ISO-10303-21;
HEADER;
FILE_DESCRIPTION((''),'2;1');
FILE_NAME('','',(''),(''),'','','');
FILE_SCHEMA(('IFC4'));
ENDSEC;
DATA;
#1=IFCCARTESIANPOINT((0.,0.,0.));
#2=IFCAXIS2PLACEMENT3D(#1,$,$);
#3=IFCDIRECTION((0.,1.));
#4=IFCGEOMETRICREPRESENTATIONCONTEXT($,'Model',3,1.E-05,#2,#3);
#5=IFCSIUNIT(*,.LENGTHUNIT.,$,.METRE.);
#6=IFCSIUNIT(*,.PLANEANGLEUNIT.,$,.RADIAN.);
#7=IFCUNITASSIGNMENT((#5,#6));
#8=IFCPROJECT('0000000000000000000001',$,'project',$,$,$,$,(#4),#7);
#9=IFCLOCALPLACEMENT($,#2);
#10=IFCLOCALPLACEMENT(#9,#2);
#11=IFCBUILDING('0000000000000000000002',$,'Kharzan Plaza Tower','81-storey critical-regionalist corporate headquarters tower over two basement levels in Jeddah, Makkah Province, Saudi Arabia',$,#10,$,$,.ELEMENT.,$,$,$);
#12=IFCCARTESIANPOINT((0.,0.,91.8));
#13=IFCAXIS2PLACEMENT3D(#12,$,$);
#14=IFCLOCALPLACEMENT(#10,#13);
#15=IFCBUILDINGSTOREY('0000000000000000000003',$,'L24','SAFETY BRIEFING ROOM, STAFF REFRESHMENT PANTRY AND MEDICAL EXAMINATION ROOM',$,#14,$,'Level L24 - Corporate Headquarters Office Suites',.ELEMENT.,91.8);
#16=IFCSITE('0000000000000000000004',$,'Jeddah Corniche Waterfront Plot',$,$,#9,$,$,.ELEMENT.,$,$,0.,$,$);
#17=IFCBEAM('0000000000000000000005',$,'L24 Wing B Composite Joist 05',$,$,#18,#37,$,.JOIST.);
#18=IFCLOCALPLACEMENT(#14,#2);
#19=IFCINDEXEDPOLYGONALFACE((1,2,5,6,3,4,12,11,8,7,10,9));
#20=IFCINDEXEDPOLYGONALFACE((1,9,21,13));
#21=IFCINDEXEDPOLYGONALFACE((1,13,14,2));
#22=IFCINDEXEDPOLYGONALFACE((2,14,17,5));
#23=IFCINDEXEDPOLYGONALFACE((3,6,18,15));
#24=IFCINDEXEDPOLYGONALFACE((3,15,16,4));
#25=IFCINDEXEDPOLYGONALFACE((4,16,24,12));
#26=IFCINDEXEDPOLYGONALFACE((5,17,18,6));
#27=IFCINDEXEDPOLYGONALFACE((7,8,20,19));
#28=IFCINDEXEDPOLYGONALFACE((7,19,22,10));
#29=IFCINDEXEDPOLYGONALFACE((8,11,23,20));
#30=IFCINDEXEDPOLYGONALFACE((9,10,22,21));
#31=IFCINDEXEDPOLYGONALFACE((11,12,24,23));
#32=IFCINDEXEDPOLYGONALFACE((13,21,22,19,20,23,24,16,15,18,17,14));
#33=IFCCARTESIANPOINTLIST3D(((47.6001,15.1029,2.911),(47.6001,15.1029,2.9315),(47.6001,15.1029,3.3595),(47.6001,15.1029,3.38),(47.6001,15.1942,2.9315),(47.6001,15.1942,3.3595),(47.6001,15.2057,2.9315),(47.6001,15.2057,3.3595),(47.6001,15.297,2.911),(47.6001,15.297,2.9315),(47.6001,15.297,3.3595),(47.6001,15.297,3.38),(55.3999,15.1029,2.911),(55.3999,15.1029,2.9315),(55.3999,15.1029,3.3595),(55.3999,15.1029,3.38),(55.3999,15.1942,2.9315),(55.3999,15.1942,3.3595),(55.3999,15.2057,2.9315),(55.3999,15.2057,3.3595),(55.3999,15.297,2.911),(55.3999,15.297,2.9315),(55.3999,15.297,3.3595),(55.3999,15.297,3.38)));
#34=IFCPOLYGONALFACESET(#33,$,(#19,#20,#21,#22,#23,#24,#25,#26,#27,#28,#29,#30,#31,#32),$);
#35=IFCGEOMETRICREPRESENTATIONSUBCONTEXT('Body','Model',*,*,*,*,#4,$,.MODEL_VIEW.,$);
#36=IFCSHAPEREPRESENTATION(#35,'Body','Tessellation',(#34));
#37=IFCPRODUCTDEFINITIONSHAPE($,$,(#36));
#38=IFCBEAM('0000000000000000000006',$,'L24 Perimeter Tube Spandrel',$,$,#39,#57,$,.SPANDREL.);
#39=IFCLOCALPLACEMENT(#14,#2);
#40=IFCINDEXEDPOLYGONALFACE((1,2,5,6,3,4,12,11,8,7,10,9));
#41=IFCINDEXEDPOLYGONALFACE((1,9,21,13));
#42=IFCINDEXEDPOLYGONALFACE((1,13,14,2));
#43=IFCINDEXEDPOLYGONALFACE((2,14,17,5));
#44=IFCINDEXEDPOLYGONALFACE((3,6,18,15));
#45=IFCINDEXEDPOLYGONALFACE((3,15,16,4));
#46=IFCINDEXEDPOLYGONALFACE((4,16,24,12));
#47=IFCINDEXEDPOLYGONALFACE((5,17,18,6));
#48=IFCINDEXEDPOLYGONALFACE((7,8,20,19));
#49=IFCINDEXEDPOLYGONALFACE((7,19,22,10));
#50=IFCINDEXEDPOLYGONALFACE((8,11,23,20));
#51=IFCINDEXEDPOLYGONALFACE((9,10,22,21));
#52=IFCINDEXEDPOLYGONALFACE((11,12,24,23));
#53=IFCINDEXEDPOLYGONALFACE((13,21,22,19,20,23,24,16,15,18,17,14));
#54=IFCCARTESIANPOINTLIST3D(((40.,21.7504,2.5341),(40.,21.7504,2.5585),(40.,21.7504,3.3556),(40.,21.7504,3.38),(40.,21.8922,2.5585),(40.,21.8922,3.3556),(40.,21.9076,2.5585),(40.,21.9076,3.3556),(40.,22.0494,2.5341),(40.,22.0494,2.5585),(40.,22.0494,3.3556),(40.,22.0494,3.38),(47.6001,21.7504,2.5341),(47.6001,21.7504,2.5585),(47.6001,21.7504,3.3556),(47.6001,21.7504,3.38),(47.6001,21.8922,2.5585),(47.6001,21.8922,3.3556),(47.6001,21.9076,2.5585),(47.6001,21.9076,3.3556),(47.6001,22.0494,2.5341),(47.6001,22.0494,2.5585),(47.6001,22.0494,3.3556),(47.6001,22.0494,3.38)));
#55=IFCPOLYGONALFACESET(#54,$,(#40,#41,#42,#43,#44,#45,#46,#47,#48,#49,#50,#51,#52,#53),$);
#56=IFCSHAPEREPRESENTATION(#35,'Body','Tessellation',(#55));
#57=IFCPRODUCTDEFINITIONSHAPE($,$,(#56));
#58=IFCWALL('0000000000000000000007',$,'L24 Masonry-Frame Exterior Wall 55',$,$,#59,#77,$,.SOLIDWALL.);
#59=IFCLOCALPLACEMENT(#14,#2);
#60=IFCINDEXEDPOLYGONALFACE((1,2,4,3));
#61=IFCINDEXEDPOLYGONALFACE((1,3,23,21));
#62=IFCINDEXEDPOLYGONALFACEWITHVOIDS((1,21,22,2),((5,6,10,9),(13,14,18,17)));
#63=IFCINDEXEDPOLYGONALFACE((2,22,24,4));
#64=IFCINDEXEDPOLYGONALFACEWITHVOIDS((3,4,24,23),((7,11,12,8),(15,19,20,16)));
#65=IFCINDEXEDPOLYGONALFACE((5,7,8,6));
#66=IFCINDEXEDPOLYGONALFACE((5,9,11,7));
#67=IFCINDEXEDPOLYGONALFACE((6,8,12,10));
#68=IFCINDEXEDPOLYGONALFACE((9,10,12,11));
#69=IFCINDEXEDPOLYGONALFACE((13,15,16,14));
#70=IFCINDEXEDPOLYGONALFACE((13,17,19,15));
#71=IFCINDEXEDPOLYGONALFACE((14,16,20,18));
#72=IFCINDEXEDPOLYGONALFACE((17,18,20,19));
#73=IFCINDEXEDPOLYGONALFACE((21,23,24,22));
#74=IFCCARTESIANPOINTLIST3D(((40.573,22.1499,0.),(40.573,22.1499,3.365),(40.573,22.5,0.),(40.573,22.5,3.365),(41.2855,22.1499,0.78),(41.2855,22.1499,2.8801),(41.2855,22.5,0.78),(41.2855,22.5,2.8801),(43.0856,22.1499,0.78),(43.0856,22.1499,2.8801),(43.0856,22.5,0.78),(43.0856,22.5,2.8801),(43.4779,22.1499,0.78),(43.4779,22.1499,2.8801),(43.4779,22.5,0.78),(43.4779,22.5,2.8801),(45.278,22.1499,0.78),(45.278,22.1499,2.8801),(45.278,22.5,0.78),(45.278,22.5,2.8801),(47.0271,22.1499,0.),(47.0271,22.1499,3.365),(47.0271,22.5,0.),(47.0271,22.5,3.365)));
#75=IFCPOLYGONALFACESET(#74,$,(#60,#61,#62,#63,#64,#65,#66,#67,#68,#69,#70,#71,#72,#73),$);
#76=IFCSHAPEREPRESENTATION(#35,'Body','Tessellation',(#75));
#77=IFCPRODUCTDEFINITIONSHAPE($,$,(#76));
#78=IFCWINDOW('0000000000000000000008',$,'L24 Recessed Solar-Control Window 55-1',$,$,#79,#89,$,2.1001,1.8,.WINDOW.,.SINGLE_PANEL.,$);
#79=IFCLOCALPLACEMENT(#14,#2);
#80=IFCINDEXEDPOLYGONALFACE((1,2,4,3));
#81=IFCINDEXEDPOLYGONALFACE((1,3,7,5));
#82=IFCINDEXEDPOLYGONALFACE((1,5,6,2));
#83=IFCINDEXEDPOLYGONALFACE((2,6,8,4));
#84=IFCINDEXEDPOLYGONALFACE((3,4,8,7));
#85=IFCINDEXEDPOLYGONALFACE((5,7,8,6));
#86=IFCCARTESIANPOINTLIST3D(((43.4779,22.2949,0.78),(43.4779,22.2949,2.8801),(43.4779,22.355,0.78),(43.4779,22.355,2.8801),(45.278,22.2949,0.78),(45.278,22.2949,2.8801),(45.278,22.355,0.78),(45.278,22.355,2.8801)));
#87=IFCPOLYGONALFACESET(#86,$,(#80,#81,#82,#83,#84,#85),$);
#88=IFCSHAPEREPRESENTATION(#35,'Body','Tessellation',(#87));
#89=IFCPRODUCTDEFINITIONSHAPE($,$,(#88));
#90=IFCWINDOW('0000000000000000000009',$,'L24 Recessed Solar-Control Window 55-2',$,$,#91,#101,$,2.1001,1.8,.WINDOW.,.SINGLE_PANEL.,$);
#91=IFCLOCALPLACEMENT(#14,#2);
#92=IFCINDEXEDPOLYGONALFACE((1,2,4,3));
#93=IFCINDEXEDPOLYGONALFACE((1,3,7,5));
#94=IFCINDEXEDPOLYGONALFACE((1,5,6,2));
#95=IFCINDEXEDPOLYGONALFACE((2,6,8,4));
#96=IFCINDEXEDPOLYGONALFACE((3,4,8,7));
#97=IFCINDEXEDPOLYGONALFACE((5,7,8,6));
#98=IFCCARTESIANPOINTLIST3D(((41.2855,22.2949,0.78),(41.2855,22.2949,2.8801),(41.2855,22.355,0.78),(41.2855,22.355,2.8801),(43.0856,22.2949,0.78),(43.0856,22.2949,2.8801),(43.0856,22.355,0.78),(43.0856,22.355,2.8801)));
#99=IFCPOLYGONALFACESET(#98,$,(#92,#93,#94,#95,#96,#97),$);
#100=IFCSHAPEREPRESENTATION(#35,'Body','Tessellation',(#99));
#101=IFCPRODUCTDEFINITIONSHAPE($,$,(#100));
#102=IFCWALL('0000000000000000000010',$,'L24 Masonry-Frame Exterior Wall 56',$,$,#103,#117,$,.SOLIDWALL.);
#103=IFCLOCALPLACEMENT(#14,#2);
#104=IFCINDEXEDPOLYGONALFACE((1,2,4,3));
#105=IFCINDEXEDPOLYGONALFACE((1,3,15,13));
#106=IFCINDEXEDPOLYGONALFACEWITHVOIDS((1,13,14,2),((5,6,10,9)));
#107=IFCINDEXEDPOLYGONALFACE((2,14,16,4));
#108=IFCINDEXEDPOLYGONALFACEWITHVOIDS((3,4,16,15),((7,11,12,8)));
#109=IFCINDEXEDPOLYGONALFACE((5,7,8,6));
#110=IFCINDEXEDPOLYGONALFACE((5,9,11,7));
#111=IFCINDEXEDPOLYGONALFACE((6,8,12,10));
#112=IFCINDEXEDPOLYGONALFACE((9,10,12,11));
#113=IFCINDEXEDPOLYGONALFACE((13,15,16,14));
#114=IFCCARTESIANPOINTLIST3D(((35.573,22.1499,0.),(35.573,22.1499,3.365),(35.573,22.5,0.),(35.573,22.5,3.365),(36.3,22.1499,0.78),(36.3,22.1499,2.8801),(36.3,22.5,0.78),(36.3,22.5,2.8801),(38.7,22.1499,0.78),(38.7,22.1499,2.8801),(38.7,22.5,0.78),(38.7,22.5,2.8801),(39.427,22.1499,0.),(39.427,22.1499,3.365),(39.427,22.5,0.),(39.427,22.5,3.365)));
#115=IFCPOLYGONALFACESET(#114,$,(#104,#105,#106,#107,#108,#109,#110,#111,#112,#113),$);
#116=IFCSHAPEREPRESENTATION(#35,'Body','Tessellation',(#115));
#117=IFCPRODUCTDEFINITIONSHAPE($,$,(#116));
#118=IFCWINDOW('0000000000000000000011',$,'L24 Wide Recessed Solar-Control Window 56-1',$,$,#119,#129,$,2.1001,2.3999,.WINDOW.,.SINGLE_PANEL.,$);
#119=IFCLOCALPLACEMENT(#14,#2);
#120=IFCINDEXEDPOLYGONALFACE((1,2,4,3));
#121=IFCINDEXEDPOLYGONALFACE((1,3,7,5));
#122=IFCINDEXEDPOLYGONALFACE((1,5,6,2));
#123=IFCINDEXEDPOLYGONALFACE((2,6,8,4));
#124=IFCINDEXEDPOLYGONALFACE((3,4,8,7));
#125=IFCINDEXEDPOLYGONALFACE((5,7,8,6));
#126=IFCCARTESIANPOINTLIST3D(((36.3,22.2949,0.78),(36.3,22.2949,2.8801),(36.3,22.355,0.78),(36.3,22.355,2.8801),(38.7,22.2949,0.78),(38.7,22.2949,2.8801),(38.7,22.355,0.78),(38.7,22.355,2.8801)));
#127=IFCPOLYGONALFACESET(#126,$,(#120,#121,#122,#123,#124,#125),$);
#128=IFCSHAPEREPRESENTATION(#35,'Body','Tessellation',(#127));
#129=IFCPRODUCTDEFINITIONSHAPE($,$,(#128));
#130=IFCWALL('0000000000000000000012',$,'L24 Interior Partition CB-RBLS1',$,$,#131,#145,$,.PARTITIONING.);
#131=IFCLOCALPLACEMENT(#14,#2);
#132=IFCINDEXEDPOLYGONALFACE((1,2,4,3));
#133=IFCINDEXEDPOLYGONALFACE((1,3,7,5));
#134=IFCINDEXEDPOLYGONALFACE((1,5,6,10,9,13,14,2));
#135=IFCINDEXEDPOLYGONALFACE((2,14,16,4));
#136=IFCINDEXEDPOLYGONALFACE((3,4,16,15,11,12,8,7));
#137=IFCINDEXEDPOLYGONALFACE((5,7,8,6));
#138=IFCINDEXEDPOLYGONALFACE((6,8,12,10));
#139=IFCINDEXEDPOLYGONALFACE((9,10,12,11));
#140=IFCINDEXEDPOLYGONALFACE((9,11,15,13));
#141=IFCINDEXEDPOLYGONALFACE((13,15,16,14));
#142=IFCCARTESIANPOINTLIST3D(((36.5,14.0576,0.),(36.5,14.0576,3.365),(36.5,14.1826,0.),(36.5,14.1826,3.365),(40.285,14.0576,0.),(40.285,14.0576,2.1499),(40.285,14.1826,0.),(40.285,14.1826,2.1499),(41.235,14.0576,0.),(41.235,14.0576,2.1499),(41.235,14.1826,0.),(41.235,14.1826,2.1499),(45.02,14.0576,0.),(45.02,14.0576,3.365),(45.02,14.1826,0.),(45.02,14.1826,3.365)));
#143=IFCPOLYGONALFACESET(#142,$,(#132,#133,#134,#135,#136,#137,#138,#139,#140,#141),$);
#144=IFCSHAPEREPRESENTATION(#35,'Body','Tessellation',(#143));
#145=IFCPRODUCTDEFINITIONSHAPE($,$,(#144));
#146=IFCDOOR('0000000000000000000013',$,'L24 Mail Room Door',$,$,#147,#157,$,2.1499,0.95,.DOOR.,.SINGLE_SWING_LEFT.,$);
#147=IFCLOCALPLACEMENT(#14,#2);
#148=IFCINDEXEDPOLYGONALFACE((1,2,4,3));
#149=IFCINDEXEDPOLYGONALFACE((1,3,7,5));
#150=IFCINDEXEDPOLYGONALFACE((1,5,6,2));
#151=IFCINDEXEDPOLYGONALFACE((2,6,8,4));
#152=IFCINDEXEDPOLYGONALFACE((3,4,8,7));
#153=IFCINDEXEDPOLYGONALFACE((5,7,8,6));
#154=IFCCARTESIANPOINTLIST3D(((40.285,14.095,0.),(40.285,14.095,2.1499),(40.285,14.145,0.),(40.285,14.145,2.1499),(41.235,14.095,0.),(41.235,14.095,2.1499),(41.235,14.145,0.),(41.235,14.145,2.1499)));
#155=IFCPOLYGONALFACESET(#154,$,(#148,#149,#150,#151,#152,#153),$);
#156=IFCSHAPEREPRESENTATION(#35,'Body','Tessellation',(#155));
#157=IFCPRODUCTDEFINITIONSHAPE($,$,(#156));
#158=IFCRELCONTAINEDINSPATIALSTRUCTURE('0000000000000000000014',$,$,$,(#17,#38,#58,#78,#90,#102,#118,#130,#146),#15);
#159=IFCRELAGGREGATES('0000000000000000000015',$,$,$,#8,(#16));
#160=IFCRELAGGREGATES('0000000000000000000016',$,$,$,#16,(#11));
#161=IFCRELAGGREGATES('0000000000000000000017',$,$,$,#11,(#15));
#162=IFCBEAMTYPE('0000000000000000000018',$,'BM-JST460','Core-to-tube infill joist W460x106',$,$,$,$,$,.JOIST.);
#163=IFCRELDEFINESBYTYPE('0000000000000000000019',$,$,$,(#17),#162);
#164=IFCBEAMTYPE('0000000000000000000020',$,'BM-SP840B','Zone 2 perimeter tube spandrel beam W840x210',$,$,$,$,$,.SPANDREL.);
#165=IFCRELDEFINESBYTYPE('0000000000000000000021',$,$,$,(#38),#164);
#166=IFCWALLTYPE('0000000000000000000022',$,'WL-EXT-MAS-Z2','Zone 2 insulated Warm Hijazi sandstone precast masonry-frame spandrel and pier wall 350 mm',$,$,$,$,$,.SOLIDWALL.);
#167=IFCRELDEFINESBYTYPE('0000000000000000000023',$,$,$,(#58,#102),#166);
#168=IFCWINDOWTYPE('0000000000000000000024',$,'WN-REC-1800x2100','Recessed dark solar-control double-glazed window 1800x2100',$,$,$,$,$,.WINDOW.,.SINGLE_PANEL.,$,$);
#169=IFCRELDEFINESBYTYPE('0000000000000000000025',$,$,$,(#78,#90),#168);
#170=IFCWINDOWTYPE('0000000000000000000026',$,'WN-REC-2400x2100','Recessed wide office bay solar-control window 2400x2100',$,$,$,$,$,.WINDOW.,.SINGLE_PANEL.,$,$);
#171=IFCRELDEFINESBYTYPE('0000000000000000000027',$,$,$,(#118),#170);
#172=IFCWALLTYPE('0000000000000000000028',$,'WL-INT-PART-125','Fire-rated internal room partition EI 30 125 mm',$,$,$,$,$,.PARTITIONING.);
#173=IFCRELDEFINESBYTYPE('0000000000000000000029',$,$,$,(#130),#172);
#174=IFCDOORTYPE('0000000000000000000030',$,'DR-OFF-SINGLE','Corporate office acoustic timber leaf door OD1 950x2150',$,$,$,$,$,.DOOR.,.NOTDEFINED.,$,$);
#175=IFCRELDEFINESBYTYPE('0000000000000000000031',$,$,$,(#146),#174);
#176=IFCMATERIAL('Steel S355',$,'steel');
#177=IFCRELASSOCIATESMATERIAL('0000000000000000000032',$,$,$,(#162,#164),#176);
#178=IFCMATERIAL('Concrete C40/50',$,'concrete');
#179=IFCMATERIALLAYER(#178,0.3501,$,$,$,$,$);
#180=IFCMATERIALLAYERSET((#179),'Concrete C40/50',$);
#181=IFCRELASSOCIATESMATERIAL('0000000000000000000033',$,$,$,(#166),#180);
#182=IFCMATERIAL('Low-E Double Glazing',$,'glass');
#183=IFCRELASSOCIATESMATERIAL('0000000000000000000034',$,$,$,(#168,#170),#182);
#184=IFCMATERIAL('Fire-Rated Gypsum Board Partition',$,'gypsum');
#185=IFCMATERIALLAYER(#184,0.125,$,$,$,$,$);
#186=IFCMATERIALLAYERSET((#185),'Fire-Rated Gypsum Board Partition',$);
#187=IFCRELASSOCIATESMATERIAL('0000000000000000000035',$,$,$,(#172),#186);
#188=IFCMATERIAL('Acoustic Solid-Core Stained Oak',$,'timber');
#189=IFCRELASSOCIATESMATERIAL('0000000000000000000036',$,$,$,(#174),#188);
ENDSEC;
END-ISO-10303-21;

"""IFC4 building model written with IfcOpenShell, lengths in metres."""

from ifc_helpers import new_model, si_unit, direction, frame, frame_2d, origin, origin_2d, place, context, subcontext, project, spatial, rectangle, i_section, extrude, source, transform, mapped, material, layer, layer_set, material_profile, profile_set, type_object, element, fill, save


model = new_model("IFC4")

# Units and contexts
model_context = context("Model", 3, precision=1e-05, world=origin(), true_north=direction((0.0, 1.0)))
body_context = subcontext(model_context, "Body", "Model", "MODEL_VIEW")
ifc_project = project(units=[si_unit("LENGTHUNIT", "METRE"), si_unit("PLANEANGLEUNIT", "RADIAN")], contexts=[model_context])

# Site, building, storey
site_placement = place(None, origin())
site = spatial("IfcSite", under=ifc_project, at=site_placement, Name="Jeddah Corniche Waterfront Plot", CompositionType="ELEMENT", RefElevation=0.0)
building_placement = place(site_placement, origin())
building = spatial("IfcBuilding", under=site, at=building_placement, Name="Kharzan Plaza Tower", Description="81-storey critical-regionalist corporate headquarters tower over two basement levels in Jeddah, Makkah Province, Saudi Arabia", CompositionType="ELEMENT")
storey_placement = place(building_placement, frame((0.0, 0.0, 91.8)))
storey = spatial("IfcBuildingStorey", under=building, at=storey_placement, Name="L24", Description="SAFETY BRIEFING ROOM, STAFF REFRESHMENT PANTRY AND MEDICAL EXAMINATION ROOM", LongName="Level L24 - Corporate Headquarters Office Suites", CompositionType="ELEMENT", Elevation=91.8)

# Beams
ifc_material_1 = material(Name="Steel S355", Category="steel")
ifc_material_profile_1 = material_profile(ifc_material_1, i_section(OverallWidth=0.1941, OverallDepth=0.469, WebThickness=0.0115, FlangeThickness=0.0205, at=origin_2d()), Name="W460x106")
ifc_profile_set_1 = profile_set([ifc_material_profile_1], Name="Steel S355")
beam_type_1 = type_object("IfcBeamType", Name="BM-JST460", Description="Core-to-tube infill joist W460x106", PredefinedType="JOIST", material=ifc_profile_set_1)
shared_shape_1 = source(origin(), body_context, "Body", "SweptSolid", [
    extrude(i_section(OverallWidth=0.1941, OverallDepth=0.469, WebThickness=0.0115, FlangeThickness=0.0205, at=origin_2d()), origin(), (0.0, 0.0, 1.0), 7.7998),
])
beam_1_placement = place(storey_placement, frame((47.6001, 15.2, 3.1455), z_axis=(1.0, 0.0, 0.0), x_axis=(0.0, 1.0, 0.0)))
element("IfcBeam", 1, at=beam_1_placement, inside=storey, type_object=beam_type_1, Name="L24 Wing B Composite Joist 05", PredefinedType="JOIST", context=body_context, shape_type="MappedRepresentation", body=[
    mapped(shared_shape_1, transform((0.0, 0.0, 0.0), x_axis=(1.0, 0.0, 0.0), y_axis=(0.0, 1.0, 0.0), z_axis=(0.0, 0.0, 1.0))),
])
ifc_material_profile_2 = material_profile(ifc_material_1, i_section(OverallWidth=0.2991, OverallDepth=0.8459, WebThickness=0.0154, FlangeThickness=0.0244, at=origin_2d()), Name="W840x210")
ifc_profile_set_2 = profile_set([ifc_material_profile_2], Name="Steel S355")
beam_type_2 = type_object("IfcBeamType", Name="BM-SP840B", Description="Zone 2 perimeter tube spandrel beam W840x210", PredefinedType="SPANDREL", material=ifc_profile_set_2)
shared_shape_2 = source(origin(), body_context, "Body", "SweptSolid", [
    extrude(i_section(OverallWidth=0.2991, OverallDepth=0.8459, WebThickness=0.0154, FlangeThickness=0.0244, at=origin_2d()), origin(), (0.0, 0.0, 1.0), 7.6001),
])
beam_2_placement = place(storey_placement, frame((40.0, 21.8999, 2.957), z_axis=(1.0, 0.0, 0.0), x_axis=(0.0, 1.0, 0.0)))
element("IfcBeam", 2, at=beam_2_placement, inside=storey, type_object=beam_type_2, Name="L24 Perimeter Tube Spandrel", PredefinedType="SPANDREL", context=body_context, shape_type="MappedRepresentation", body=[
    mapped(shared_shape_2, transform((0.0, 0.0, 0.0), x_axis=(1.0, 0.0, 0.0), y_axis=(0.0, 1.0, 0.0), z_axis=(0.0, 0.0, 1.0))),
])

# Wall, openings, windows
ifc_material_2 = material(Name="Concrete C40/50", Category="concrete")
ifc_layer_1 = layer(ifc_material_2, 0.3501)
ifc_layer_set_1 = layer_set([ifc_layer_1], Name="Concrete C40/50")
wall_type_1 = type_object("IfcWallType", Name="WL-EXT-MAS-Z2", Description="Zone 2 insulated Warm Hijazi sandstone precast masonry-frame spandrel and pier wall 350 mm", PredefinedType="SOLIDWALL", material=ifc_layer_set_1)
wall_1_placement = place(storey_placement, frame((47.0271, 22.325, 0.0), z_axis=(0.0, 0.0, 1.0), x_axis=(-1.0, 0.0, 0.0)))
wall_1 = element("IfcWall", 3, at=wall_1_placement, inside=storey, type_object=wall_type_1, Name="L24 Masonry-Frame Exterior Wall 55", PredefinedType="SOLIDWALL", context=body_context, shape_type="SweptSolid", body=[
    extrude(rectangle(XDim=6.4541, YDim=0.3501, at=frame_2d((3.2271, 0.0))), origin(), (0.0, 0.0, 1.0), 3.365),
])
opening_1_placement = place(wall_1_placement, frame((1.7493, 0.0, 0.78)))
opening_1 = element("IfcOpeningElement", 4, at=opening_1_placement, cuts=wall_1, PredefinedType="OPENING", context=body_context, shape_type="SweptSolid", body=[
    extrude(rectangle(XDim=1.8, YDim=2.1001, at=frame_2d((0.8999, 1.05))), frame((0.0, 0.1851, 0.0), z_axis=(0.0, -1.0, 0.0), x_axis=(1.0, 0.0, 0.0)), (0.0, 0.0, 1.0), 0.3701),
])
opening_2_placement = place(wall_1_placement, frame((3.9417, 0.0, 0.78)))
opening_2 = element("IfcOpeningElement", 5, at=opening_2_placement, cuts=wall_1, PredefinedType="OPENING", context=body_context, shape_type="SweptSolid", body=[
    extrude(rectangle(XDim=1.8, YDim=2.1001, at=frame_2d((0.8999, 1.05))), frame((0.0, 0.1851, 0.0), z_axis=(0.0, -1.0, 0.0), x_axis=(1.0, 0.0, 0.0)), (0.0, 0.0, 1.0), 0.3701),
])
ifc_material_3 = material(Name="Low-E Double Glazing", Category="glass")
window_type_1 = type_object("IfcWindowType", Name="WN-REC-1800x2100", Description="Recessed dark solar-control double-glazed window 1800x2100", PartitioningType="SINGLE_PANEL", PredefinedType="WINDOW", material=ifc_material_3)
shared_shape_3 = source(origin(), body_context, "Body", "SweptSolid", [
    extrude(rectangle(XDim=1.8, YDim=2.1001, at=frame_2d((0.8999, 1.05))), frame((0.0, 0.03, 0.0), z_axis=(0.0, -1.0, 0.0), x_axis=(1.0, 0.0, 0.0)), (0.0, 0.0, 1.0), 0.0601),
])
window_1_placement = place(opening_1_placement, origin())
window_1 = element("IfcWindow", 6, at=window_1_placement, inside=storey, type_object=window_type_1, Name="L24 Recessed Solar-Control Window 55-1", OverallHeight=2.1001, OverallWidth=1.8, PartitioningType="SINGLE_PANEL", PredefinedType="WINDOW", context=body_context, shape_type="MappedRepresentation", body=[
    mapped(shared_shape_3, transform((0.0, 0.0, 0.0), x_axis=(1.0, 0.0, 0.0), y_axis=(0.0, 1.0, 0.0), z_axis=(0.0, 0.0, 1.0))),
])
fill(opening_1, window_1)
window_2_placement = place(opening_2_placement, origin())
window_2 = element("IfcWindow", 7, at=window_2_placement, inside=storey, type_object=window_type_1, Name="L24 Recessed Solar-Control Window 55-2", OverallHeight=2.1001, OverallWidth=1.8, PartitioningType="SINGLE_PANEL", PredefinedType="WINDOW", context=body_context, shape_type="MappedRepresentation", body=[
    mapped(shared_shape_3, transform((0.0, 0.0, 0.0), x_axis=(1.0, 0.0, 0.0), y_axis=(0.0, 1.0, 0.0), z_axis=(0.0, 0.0, 1.0))),
])
fill(opening_2, window_2)

# Wall, opening, window
wall_2_placement = place(storey_placement, frame((39.427, 22.325, 0.0), z_axis=(0.0, 0.0, 1.0), x_axis=(-1.0, 0.0, 0.0)))
wall_2 = element("IfcWall", 8, at=wall_2_placement, inside=storey, type_object=wall_type_1, Name="L24 Masonry-Frame Exterior Wall 56", PredefinedType="SOLIDWALL", context=body_context, shape_type="SweptSolid", body=[
    extrude(rectangle(XDim=3.854, YDim=0.3501, at=frame_2d((1.927, 0.0))), origin(), (0.0, 0.0, 1.0), 3.365),
])
opening_3_placement = place(wall_2_placement, frame((0.7271, 0.0, 0.78)))
opening_3 = element("IfcOpeningElement", 9, at=opening_3_placement, cuts=wall_2, PredefinedType="OPENING", context=body_context, shape_type="SweptSolid", body=[
    extrude(rectangle(XDim=2.3999, YDim=2.1001, at=frame_2d((1.2, 1.05))), frame((0.0, 0.1851, 0.0), z_axis=(0.0, -1.0, 0.0), x_axis=(1.0, 0.0, 0.0)), (0.0, 0.0, 1.0), 0.3701),
])
window_type_2 = type_object("IfcWindowType", Name="WN-REC-2400x2100", Description="Recessed wide office bay solar-control window 2400x2100", PartitioningType="SINGLE_PANEL", PredefinedType="WINDOW", material=ifc_material_3)
shared_shape_4 = source(origin(), body_context, "Body", "SweptSolid", [
    extrude(rectangle(XDim=2.3999, YDim=2.1001, at=frame_2d((1.2, 1.05))), frame((0.0, 0.03, 0.0), z_axis=(0.0, -1.0, 0.0), x_axis=(1.0, 0.0, 0.0)), (0.0, 0.0, 1.0), 0.0601),
])
window_3_placement = place(opening_3_placement, origin())
window_3 = element("IfcWindow", 10, at=window_3_placement, inside=storey, type_object=window_type_2, Name="L24 Wide Recessed Solar-Control Window 56-1", OverallHeight=2.1001, OverallWidth=2.3999, PartitioningType="SINGLE_PANEL", PredefinedType="WINDOW", context=body_context, shape_type="MappedRepresentation", body=[
    mapped(shared_shape_4, transform((0.0, 0.0, 0.0), x_axis=(1.0, 0.0, 0.0), y_axis=(0.0, 1.0, 0.0), z_axis=(0.0, 0.0, 1.0))),
])
fill(opening_3, window_3)

# Wall, opening, door
ifc_material_4 = material(Name="Fire-Rated Gypsum Board Partition", Category="gypsum")
ifc_layer_2 = layer(ifc_material_4, 0.125)
ifc_layer_set_2 = layer_set([ifc_layer_2], Name="Fire-Rated Gypsum Board Partition")
wall_type_2 = type_object("IfcWallType", Name="WL-INT-PART-125", Description="Fire-rated internal room partition EI 30 125 mm", PredefinedType="PARTITIONING", material=ifc_layer_set_2)
wall_3_placement = place(storey_placement, frame((36.5, 14.1201, 0.0), z_axis=(0.0, 0.0, 1.0), x_axis=(1.0, 0.0, 0.0)))
wall_3 = element("IfcWall", 11, at=wall_3_placement, inside=storey, type_object=wall_type_2, Name="L24 Interior Partition CB-RBLS1", PredefinedType="PARTITIONING", context=body_context, shape_type="SweptSolid", body=[
    extrude(rectangle(XDim=8.52, YDim=0.125, at=frame_2d((4.26, 0.0))), origin(), (0.0, 0.0, 1.0), 3.365),
])
opening_4_placement = place(wall_3_placement, frame((3.7849, 0.0, 0.0)))
opening_4 = element("IfcOpeningElement", 12, at=opening_4_placement, cuts=wall_3, PredefinedType="OPENING", context=body_context, shape_type="SweptSolid", body=[
    extrude(rectangle(XDim=0.95, YDim=2.1499, at=frame_2d((0.4751, 1.075))), frame((0.0, 0.0725, 0.0), z_axis=(0.0, -1.0, 0.0), x_axis=(1.0, 0.0, 0.0)), (0.0, 0.0, 1.0), 0.145),
])
ifc_material_5 = material(Name="Acoustic Solid-Core Stained Oak", Category="timber")
door_type_1 = type_object("IfcDoorType", Name="DR-OFF-SINGLE", Description="Corporate office acoustic timber leaf door OD1 950x2150", OperationType="NOTDEFINED", PredefinedType="DOOR", material=ifc_material_5)
shared_shape_5 = source(origin(), body_context, "Body", "SweptSolid", [
    extrude(rectangle(XDim=0.95, YDim=2.1499, at=frame_2d((0.4751, 1.075))), frame((0.0, 0.0249, 0.0), z_axis=(0.0, -1.0, 0.0), x_axis=(1.0, 0.0, 0.0)), (0.0, 0.0, 1.0), 0.05),
])
door_1_placement = place(opening_4_placement, origin())
door_1 = element("IfcDoor", 13, at=door_1_placement, inside=storey, type_object=door_type_1, Name="L24 Mail Room Door", OperationType="SINGLE_SWING_LEFT", OverallHeight=2.1499, OverallWidth=0.95, PredefinedType="DOOR", context=body_context, shape_type="MappedRepresentation", body=[
    mapped(shared_shape_5, transform((0.0, 0.0, 0.0), x_axis=(1.0, 0.0, 0.0), y_axis=(0.0, 1.0, 0.0), z_axis=(0.0, 0.0, 1.0))),
])
fill(opening_4, door_1)

save(model, "model.ifc")
